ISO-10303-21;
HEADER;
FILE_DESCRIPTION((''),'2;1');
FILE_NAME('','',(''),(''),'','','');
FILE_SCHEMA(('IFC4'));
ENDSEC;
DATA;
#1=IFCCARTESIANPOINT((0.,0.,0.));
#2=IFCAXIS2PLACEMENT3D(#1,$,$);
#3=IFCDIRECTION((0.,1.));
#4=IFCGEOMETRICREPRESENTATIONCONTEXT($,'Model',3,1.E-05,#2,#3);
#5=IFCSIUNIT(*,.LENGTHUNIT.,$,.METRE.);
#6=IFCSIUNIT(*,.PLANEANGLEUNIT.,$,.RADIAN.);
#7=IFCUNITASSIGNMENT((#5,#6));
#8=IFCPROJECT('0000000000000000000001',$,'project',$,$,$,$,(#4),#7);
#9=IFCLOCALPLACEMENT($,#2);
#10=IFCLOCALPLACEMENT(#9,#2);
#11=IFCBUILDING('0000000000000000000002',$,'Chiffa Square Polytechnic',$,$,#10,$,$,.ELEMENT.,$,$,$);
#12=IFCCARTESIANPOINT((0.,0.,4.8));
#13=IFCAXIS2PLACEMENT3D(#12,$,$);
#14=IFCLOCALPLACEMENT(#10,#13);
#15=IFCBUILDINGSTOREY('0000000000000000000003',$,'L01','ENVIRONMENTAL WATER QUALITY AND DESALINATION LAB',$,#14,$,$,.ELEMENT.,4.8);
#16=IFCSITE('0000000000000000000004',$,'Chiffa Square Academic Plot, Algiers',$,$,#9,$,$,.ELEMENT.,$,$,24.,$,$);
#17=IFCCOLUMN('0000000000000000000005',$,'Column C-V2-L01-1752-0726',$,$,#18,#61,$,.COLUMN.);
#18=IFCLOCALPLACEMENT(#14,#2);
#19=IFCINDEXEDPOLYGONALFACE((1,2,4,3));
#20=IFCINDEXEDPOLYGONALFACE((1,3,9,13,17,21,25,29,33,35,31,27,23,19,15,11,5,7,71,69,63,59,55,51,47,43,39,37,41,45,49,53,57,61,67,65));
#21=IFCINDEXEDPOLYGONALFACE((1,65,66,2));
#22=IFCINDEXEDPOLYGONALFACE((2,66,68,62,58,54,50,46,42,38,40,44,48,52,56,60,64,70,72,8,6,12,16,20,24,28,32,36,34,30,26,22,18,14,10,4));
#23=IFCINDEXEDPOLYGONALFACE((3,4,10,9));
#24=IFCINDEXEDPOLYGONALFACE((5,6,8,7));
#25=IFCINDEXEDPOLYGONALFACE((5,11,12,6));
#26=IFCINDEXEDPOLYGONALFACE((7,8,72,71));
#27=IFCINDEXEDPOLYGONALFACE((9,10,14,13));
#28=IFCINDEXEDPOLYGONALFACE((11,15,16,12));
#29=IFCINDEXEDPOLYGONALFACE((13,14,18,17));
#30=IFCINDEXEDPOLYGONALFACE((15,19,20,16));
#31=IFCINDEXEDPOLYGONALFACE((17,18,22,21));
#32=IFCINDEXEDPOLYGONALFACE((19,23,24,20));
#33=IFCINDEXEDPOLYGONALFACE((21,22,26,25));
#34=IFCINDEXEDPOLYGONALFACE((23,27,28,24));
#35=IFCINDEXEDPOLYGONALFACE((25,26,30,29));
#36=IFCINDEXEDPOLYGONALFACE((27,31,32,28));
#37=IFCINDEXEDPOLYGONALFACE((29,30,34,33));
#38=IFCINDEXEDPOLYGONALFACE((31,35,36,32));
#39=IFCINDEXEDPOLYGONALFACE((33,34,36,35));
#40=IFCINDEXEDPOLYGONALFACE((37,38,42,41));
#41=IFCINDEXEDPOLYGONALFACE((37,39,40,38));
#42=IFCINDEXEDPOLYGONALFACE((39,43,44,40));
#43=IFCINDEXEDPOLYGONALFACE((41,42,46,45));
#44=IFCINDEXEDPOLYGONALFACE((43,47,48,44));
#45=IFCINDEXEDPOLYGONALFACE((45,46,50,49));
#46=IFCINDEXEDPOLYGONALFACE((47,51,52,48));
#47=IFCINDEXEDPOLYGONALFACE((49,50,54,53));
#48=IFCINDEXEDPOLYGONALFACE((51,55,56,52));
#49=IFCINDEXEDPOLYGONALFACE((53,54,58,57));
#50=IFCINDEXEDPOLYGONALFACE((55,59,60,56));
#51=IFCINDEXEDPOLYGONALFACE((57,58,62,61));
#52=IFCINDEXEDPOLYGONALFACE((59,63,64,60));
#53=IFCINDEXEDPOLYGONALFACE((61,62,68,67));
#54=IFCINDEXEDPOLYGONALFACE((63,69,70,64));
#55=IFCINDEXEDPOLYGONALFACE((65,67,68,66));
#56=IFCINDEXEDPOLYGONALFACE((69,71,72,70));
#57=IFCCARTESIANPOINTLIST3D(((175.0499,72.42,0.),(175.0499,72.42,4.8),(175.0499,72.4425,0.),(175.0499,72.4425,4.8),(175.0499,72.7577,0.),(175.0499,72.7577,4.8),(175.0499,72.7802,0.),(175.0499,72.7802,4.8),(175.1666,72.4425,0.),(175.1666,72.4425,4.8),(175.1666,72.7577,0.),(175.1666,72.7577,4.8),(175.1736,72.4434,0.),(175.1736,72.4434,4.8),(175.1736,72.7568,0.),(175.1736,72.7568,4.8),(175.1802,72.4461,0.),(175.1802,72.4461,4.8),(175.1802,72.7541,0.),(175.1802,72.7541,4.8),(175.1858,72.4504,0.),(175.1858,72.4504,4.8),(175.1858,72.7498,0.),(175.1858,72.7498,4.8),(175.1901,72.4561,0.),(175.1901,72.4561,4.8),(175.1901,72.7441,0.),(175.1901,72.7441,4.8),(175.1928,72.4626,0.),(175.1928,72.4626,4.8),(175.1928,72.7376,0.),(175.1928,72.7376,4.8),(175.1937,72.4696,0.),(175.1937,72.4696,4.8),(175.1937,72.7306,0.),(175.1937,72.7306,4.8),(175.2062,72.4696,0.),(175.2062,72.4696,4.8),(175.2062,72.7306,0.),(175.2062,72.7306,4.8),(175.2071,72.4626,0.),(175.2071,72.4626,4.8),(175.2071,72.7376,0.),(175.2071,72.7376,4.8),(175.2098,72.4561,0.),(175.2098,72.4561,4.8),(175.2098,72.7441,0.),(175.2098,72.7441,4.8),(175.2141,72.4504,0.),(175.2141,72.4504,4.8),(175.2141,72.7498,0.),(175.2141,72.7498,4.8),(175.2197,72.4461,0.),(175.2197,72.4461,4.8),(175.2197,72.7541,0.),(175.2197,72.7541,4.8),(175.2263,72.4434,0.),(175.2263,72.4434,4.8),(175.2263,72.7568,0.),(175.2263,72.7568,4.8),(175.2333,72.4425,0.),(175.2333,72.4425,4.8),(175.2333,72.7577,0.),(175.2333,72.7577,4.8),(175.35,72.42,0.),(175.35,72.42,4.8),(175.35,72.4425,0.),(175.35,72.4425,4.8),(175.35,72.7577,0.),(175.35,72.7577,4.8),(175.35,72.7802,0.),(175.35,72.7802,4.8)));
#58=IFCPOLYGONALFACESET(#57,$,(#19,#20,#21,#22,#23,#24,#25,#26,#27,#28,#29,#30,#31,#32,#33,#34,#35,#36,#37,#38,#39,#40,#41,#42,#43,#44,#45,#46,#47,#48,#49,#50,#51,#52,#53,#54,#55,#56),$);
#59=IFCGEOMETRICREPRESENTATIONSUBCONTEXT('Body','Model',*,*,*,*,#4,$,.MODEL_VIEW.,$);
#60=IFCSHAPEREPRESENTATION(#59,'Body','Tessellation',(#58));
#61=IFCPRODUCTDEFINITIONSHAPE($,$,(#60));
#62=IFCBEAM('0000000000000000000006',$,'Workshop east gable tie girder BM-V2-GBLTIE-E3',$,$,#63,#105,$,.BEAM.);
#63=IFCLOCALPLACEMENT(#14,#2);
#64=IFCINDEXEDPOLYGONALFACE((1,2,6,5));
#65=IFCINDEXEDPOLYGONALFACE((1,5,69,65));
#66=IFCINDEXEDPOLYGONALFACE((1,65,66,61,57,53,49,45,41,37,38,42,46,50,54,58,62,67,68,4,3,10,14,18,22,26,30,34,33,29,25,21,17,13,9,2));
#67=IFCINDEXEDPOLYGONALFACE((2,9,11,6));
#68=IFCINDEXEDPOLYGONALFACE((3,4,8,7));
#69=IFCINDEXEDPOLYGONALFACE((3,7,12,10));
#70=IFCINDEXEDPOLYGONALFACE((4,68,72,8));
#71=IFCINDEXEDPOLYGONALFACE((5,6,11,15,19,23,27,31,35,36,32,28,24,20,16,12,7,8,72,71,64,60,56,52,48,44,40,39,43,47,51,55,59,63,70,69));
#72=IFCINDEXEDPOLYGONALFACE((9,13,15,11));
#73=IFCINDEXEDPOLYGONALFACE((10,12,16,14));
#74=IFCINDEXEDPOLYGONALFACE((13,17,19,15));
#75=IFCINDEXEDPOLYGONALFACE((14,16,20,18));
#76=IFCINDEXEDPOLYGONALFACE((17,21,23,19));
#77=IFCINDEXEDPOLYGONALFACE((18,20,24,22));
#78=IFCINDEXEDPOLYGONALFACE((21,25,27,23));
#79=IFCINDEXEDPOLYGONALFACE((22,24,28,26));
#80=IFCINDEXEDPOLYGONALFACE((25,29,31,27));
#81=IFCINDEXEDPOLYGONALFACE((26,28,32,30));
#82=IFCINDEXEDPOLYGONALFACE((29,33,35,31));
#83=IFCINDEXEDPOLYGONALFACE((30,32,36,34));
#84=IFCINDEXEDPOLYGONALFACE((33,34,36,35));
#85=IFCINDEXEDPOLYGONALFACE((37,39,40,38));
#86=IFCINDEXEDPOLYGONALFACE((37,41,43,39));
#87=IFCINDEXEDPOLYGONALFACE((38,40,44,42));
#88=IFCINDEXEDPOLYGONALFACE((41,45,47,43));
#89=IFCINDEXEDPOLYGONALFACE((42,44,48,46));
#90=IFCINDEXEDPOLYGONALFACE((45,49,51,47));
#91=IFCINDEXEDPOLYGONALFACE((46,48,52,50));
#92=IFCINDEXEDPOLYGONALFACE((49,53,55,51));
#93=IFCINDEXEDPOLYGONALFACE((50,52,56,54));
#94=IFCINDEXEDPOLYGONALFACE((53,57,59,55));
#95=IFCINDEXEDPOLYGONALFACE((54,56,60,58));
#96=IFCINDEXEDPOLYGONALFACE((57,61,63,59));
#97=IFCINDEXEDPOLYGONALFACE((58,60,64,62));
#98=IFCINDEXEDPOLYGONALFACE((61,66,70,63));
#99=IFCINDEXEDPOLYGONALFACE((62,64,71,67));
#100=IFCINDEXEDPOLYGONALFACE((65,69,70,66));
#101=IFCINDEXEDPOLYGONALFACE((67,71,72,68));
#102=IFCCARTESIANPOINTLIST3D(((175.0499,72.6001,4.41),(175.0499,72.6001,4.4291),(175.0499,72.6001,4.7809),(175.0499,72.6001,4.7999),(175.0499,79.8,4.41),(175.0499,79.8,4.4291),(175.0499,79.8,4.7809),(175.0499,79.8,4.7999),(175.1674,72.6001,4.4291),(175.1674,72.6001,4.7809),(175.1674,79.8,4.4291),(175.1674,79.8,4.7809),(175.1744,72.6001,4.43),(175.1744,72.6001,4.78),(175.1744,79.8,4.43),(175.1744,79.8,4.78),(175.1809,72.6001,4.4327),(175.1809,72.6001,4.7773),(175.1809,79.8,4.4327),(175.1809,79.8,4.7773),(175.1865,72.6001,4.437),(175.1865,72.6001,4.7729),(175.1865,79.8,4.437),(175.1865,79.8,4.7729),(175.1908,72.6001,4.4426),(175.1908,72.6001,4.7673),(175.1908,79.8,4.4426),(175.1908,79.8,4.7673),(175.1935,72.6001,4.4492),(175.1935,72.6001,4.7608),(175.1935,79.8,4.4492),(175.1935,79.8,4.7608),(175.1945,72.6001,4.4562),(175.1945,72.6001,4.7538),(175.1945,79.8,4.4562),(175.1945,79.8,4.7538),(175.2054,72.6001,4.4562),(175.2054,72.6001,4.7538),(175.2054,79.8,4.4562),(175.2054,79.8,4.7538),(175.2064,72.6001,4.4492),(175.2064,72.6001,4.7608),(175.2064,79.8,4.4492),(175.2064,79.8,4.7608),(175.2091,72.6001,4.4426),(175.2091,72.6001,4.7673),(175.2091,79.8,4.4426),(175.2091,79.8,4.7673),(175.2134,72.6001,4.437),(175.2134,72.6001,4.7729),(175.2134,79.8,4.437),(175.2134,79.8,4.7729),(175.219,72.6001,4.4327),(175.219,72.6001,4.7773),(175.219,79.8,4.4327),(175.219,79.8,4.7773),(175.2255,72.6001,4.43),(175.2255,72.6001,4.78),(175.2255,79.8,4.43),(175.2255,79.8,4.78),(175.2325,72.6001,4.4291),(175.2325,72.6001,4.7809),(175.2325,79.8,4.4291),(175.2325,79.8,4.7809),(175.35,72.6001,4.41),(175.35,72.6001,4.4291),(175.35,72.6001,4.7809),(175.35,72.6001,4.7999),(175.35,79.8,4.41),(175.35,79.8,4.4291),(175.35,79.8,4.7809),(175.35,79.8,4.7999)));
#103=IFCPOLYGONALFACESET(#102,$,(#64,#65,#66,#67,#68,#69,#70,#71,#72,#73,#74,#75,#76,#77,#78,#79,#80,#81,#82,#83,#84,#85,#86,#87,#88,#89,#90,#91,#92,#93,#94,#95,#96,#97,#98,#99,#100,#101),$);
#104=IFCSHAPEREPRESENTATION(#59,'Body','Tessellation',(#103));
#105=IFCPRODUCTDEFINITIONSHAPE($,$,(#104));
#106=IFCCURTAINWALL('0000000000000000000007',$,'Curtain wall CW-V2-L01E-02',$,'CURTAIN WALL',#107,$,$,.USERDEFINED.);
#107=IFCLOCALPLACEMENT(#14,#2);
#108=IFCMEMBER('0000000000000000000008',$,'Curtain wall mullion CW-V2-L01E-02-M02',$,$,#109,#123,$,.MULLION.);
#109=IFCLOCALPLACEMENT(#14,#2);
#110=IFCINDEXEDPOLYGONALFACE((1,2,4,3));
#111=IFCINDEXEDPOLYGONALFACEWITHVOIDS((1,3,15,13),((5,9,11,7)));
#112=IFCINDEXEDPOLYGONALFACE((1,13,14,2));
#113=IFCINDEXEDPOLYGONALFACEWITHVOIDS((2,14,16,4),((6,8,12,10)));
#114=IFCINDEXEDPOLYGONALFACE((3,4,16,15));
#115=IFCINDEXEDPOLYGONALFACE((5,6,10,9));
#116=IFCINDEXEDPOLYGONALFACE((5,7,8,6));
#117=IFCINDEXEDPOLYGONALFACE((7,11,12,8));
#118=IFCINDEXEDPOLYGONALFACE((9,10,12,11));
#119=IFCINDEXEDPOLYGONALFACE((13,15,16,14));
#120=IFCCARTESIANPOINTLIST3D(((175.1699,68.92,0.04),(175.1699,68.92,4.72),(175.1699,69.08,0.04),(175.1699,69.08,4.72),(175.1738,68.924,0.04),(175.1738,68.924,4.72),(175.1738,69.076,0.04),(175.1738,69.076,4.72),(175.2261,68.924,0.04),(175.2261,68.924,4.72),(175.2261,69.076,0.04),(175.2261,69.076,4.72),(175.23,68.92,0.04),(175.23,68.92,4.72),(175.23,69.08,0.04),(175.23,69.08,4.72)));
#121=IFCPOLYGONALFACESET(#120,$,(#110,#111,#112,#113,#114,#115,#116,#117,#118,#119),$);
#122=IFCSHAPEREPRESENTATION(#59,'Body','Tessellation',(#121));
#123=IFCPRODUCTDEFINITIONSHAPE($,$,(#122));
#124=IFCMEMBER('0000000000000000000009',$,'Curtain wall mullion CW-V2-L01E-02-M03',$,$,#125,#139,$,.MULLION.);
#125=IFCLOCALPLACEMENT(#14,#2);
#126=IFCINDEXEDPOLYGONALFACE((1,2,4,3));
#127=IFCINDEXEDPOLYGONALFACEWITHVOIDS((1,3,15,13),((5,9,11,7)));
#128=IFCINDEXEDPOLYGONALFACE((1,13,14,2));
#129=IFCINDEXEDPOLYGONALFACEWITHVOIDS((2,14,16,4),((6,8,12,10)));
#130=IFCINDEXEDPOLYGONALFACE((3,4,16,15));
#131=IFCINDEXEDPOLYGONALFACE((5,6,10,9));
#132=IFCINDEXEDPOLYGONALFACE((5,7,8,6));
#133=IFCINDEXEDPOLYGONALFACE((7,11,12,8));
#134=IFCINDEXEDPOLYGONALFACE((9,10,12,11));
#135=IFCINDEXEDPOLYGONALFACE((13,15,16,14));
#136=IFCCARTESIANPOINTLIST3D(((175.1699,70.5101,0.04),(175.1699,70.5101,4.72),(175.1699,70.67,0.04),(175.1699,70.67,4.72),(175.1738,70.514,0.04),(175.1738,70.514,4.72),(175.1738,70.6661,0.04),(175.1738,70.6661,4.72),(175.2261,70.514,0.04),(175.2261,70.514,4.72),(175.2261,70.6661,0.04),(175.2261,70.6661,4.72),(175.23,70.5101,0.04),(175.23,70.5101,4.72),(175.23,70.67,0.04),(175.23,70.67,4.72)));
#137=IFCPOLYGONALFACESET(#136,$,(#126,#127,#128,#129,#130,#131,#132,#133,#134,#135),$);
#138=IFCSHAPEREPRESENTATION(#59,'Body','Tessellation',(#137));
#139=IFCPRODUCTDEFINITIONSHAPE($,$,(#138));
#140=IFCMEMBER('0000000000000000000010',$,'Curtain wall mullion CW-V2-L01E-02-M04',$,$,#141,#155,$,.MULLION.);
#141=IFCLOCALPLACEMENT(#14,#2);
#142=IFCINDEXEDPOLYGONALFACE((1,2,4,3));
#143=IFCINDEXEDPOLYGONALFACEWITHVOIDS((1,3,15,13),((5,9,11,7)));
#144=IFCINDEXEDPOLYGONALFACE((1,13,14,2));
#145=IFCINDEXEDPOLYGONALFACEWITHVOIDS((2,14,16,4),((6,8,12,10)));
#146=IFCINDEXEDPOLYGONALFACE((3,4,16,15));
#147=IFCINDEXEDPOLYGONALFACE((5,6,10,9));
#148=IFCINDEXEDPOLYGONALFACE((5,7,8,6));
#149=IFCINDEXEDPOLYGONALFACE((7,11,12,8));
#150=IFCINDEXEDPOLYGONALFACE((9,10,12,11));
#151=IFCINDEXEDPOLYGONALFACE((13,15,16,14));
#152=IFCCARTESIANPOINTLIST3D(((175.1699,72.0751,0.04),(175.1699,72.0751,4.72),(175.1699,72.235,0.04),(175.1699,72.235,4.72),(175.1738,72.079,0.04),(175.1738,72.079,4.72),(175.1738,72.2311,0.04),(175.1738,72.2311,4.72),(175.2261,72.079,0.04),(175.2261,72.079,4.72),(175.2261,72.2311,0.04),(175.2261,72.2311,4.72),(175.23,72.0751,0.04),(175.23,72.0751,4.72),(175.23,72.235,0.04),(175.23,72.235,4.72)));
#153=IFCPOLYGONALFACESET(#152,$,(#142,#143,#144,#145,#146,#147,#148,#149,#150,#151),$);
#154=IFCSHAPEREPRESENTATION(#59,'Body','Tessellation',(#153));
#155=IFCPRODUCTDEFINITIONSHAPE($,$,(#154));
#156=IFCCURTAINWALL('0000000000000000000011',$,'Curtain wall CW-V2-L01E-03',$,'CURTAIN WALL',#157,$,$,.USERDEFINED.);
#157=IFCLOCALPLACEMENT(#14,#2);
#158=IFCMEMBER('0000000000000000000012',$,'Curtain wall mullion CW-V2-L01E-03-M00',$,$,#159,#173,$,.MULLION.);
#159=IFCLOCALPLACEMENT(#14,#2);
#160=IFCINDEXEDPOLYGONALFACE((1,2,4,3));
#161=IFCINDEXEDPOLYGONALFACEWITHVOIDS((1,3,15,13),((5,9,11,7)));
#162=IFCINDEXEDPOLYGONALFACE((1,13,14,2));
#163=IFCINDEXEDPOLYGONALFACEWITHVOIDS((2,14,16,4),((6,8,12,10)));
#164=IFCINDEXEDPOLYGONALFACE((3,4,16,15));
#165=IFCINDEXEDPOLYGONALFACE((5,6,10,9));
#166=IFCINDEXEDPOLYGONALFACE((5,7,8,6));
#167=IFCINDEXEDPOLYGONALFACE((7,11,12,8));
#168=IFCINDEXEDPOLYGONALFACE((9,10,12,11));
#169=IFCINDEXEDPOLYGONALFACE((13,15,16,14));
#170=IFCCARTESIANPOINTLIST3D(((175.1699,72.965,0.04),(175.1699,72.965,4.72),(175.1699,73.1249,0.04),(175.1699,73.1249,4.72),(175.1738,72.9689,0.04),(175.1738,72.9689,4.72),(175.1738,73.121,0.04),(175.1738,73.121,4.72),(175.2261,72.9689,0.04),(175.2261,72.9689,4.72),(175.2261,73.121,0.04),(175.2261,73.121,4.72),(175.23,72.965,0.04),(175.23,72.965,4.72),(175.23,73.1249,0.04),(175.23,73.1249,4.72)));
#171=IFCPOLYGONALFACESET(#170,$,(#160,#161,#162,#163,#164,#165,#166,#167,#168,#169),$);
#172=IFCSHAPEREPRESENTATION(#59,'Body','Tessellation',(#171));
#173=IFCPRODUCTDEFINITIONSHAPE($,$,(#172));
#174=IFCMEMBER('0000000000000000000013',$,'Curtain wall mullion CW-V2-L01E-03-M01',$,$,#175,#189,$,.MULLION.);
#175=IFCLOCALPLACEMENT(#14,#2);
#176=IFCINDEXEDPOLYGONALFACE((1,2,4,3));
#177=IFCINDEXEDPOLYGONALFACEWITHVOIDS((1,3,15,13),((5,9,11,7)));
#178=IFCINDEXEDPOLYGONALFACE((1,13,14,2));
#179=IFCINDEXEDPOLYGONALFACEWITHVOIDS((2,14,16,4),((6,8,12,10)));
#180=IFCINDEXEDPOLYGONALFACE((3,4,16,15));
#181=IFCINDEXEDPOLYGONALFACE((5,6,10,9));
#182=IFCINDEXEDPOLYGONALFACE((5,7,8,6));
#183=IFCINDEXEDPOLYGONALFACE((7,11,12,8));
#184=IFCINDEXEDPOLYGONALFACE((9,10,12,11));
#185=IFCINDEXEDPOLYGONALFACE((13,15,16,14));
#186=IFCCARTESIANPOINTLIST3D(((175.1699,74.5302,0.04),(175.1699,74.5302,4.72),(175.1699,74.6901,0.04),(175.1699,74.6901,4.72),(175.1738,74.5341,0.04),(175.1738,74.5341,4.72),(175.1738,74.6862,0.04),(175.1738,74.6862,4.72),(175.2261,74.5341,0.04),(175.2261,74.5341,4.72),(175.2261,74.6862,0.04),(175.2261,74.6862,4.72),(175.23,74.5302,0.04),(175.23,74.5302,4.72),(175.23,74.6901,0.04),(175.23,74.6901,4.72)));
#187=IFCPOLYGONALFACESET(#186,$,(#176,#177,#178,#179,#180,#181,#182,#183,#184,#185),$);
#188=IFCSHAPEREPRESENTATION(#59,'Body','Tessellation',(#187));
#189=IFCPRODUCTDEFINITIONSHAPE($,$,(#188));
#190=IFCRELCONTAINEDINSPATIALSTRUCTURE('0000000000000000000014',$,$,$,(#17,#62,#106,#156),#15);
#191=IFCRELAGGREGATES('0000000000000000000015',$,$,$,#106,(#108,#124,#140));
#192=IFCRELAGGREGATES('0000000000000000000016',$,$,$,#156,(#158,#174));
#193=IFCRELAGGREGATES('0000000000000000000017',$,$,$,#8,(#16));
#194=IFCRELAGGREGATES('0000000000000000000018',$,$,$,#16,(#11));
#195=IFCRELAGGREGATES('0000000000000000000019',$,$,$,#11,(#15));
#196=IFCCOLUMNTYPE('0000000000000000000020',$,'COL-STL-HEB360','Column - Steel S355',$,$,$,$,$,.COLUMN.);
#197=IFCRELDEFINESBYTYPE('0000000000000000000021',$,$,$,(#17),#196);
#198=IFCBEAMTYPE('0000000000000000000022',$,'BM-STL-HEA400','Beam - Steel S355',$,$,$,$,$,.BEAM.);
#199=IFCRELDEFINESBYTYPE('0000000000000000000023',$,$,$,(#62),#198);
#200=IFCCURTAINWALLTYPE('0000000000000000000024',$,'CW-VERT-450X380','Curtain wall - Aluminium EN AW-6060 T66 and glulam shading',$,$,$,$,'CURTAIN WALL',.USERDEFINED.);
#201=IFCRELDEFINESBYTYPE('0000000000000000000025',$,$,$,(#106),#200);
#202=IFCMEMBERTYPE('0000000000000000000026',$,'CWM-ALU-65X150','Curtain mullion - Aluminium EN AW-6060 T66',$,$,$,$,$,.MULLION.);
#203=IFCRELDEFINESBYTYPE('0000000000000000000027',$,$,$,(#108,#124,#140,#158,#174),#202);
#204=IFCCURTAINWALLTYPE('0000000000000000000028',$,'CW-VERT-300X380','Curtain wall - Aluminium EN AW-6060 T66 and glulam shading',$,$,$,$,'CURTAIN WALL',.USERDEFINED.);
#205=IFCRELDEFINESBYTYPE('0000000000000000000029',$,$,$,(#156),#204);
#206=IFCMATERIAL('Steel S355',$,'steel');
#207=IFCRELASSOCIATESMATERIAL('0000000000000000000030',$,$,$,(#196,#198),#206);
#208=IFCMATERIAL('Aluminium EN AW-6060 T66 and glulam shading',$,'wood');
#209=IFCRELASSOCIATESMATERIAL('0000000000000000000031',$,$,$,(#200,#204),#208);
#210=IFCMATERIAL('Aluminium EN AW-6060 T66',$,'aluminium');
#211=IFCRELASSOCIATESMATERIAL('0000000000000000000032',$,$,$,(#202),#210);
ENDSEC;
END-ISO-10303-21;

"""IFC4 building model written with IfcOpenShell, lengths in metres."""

from ifc_helpers import new_model, si_unit, direction, frame, origin, origin_2d, place, context, subcontext, project, spatial, hollow_rectangle, i_section, extrude, material, material_profile, profile_set, type_object, element, aggregate, save


model = new_model("IFC4")

# Units and contexts
model_context = context("Model", 3, precision=1e-05, world=origin(), true_north=direction((0.0, 1.0)))
body_context = subcontext(model_context, "Body", "Model", "MODEL_VIEW")
ifc_project = project(units=[si_unit("LENGTHUNIT", "METRE"), si_unit("PLANEANGLEUNIT", "RADIAN")], contexts=[model_context])

# Site, building, storey
site_placement = place(None, origin())
site = spatial("IfcSite", under=ifc_project, at=site_placement, Name="Chiffa Square Academic Plot, Algiers", CompositionType="ELEMENT", RefElevation=24.0)
building_placement = place(site_placement, origin())
building = spatial("IfcBuilding", under=site, at=building_placement, Name="Chiffa Square Polytechnic", CompositionType="ELEMENT")
storey_placement = place(building_placement, frame((0.0, 0.0, 4.8)))
storey = spatial("IfcBuildingStorey", under=building, at=storey_placement, Name="L01", Description="ENVIRONMENTAL WATER QUALITY AND DESALINATION LAB", CompositionType="ELEMENT", Elevation=4.8)

# Column
ifc_material_1 = material(Name="Steel S355", Category="steel")
ifc_material_profile_1 = material_profile(ifc_material_1, i_section(OverallWidth=0.3, OverallDepth=0.3601, WebThickness=0.0125, FlangeThickness=0.0225, FilletRadius=0.0271, at=origin_2d()), Name="HEB 360")
ifc_profile_set_1 = profile_set([ifc_material_profile_1], Name="Steel S355")
column_type = type_object("IfcColumnType", Name="COL-STL-HEB360", Description="Column - Steel S355", PredefinedType="COLUMN", material=ifc_profile_set_1)
column_placement = place(storey_placement, frame((175.2, 72.6001, 0.0), z_axis=(0.0, 0.0, 1.0), x_axis=(1.0, 0.0, 0.0)))
element("IfcColumn", 1, at=column_placement, inside=storey, type_object=column_type, Name="Column C-V2-L01-1752-0726", PredefinedType="COLUMN", context=body_context, shape_type="SweptSolid", body=[
    extrude(i_section(OverallWidth=0.3, OverallDepth=0.3601, WebThickness=0.0125, FlangeThickness=0.0225, FilletRadius=0.0271, at=origin_2d()), origin(), (0.0, 0.0, 1.0), 4.8),
])

# Beam
ifc_material_profile_2 = material_profile(ifc_material_1, i_section(OverallWidth=0.3, OverallDepth=0.3899, WebThickness=0.011, FlangeThickness=0.019, FilletRadius=0.0271, at=origin_2d()), Name="HEA 400")
ifc_profile_set_2 = profile_set([ifc_material_profile_2], Name="Steel S355")
beam_type = type_object("IfcBeamType", Name="BM-STL-HEA400", Description="Beam - Steel S355", PredefinedType="BEAM", material=ifc_profile_set_2)
beam_placement = place(storey_placement, frame((175.2, 72.6001, 4.605), z_axis=(0.0, 1.0, 0.0), x_axis=(-1.0, 0.0, 0.0)))
element("IfcBeam", 2, at=beam_placement, inside=storey, type_object=beam_type, Name="Workshop east gable tie girder BM-V2-GBLTIE-E3", PredefinedType="BEAM", context=body_context, shape_type="SweptSolid", body=[
    extrude(i_section(OverallWidth=0.3, OverallDepth=0.3899, WebThickness=0.011, FlangeThickness=0.019, FilletRadius=0.0271, at=origin_2d()), origin(), (0.0, 0.0, 1.0), 7.2),
])

# Curtain walls, members
ifc_material_2 = material(Name="Aluminium EN AW-6060 T66 and glulam shading", Category="wood")
curtain_wall_type_1 = type_object("IfcCurtainWallType", Name="CW-VERT-450X380", Description="Curtain wall - Aluminium EN AW-6060 T66 and glulam shading", ElementType="CURTAIN WALL", PredefinedType="USERDEFINED", material=ifc_material_2)
curtain_wall_1_placement = place(storey_placement, origin())
curtain_wall_1 = element("IfcCurtainWall", 3, at=curtain_wall_1_placement, inside=storey, type_object=curtain_wall_type_1, Name="Curtain wall CW-V2-L01E-02", ObjectType="CURTAIN WALL", PredefinedType="USERDEFINED")
ifc_material_3 = material(Name="Aluminium EN AW-6060 T66", Category="aluminium")
ifc_material_profile_3 = material_profile(ifc_material_3, hollow_rectangle(XDim=0.0601, YDim=0.1599, WallThickness=0.0039, at=origin_2d()), Name="ALU 60x160x4")
ifc_profile_set_3 = profile_set([ifc_material_profile_3], Name="Aluminium EN AW-6060 T66")
member_type_1 = type_object("IfcMemberType", Name="CWM-ALU-65X150", Description="Curtain mullion - Aluminium EN AW-6060 T66", PredefinedType="MULLION", material=ifc_profile_set_3)
member_1_placement = place(storey_placement, frame((175.2, 69.0, 0.04), z_axis=(0.0, 0.0, 1.0), x_axis=(1.0, 0.0, 0.0)))
member_1 = element("IfcMember", 4, at=member_1_placement, type_object=member_type_1, Name="Curtain wall mullion CW-V2-L01E-02-M02", PredefinedType="MULLION", context=body_context, shape_type="SweptSolid", body=[
    extrude(hollow_rectangle(XDim=0.0601, YDim=0.1599, WallThickness=0.0039, at=origin_2d()), origin(), (0.0, 0.0, 1.0), 4.6799),
])
member_2_placement = place(storey_placement, frame((175.2, 70.5901, 0.04), z_axis=(0.0, 0.0, 1.0), x_axis=(1.0, 0.0, 0.0)))
member_2 = element("IfcMember", 5, at=member_2_placement, type_object=member_type_1, Name="Curtain wall mullion CW-V2-L01E-02-M03", PredefinedType="MULLION", context=body_context, shape_type="SweptSolid", body=[
    extrude(hollow_rectangle(XDim=0.0601, YDim=0.1599, WallThickness=0.0039, at=origin_2d()), origin(), (0.0, 0.0, 1.0), 4.6799),
])
member_3_placement = place(storey_placement, frame((175.2, 72.155, 0.04), z_axis=(0.0, 0.0, 1.0), x_axis=(1.0, 0.0, 0.0)))
member_3 = element("IfcMember", 6, at=member_3_placement, type_object=member_type_1, Name="Curtain wall mullion CW-V2-L01E-02-M04", PredefinedType="MULLION", context=body_context, shape_type="SweptSolid", body=[
    extrude(hollow_rectangle(XDim=0.0601, YDim=0.1599, WallThickness=0.0039, at=origin_2d()), origin(), (0.0, 0.0, 1.0), 4.6799),
])
curtain_wall_type_2 = type_object("IfcCurtainWallType", Name="CW-VERT-300X380", Description="Curtain wall - Aluminium EN AW-6060 T66 and glulam shading", ElementType="CURTAIN WALL", PredefinedType="USERDEFINED", material=ifc_material_2)
curtain_wall_2_placement = place(storey_placement, origin())
curtain_wall_2 = element("IfcCurtainWall", 7, at=curtain_wall_2_placement, inside=storey, type_object=curtain_wall_type_2, Name="Curtain wall CW-V2-L01E-03", ObjectType="CURTAIN WALL", PredefinedType="USERDEFINED")
member_4_placement = place(storey_placement, frame((175.2, 73.0449, 0.04), z_axis=(0.0, 0.0, 1.0), x_axis=(1.0, 0.0, 0.0)))
member_4 = element("IfcMember", 8, at=member_4_placement, type_object=member_type_1, Name="Curtain wall mullion CW-V2-L01E-03-M00", PredefinedType="MULLION", context=body_context, shape_type="SweptSolid", body=[
    extrude(hollow_rectangle(XDim=0.0601, YDim=0.1599, WallThickness=0.0039, at=origin_2d()), origin(), (0.0, 0.0, 1.0), 4.6799),
])
member_5_placement = place(storey_placement, frame((175.2, 74.6101, 0.04), z_axis=(0.0, 0.0, 1.0), x_axis=(1.0, 0.0, 0.0)))
member_5 = element("IfcMember", 9, at=member_5_placement, type_object=member_type_1, Name="Curtain wall mullion CW-V2-L01E-03-M01", PredefinedType="MULLION", context=body_context, shape_type="SweptSolid", body=[
    extrude(hollow_rectangle(XDim=0.0601, YDim=0.1599, WallThickness=0.0039, at=origin_2d()), origin(), (0.0, 0.0, 1.0), 4.6799),
])

aggregate(curtain_wall_1, [member_1, member_2, member_3])
aggregate(curtain_wall_2, [member_4, member_5])

save(model, "model.ifc")
